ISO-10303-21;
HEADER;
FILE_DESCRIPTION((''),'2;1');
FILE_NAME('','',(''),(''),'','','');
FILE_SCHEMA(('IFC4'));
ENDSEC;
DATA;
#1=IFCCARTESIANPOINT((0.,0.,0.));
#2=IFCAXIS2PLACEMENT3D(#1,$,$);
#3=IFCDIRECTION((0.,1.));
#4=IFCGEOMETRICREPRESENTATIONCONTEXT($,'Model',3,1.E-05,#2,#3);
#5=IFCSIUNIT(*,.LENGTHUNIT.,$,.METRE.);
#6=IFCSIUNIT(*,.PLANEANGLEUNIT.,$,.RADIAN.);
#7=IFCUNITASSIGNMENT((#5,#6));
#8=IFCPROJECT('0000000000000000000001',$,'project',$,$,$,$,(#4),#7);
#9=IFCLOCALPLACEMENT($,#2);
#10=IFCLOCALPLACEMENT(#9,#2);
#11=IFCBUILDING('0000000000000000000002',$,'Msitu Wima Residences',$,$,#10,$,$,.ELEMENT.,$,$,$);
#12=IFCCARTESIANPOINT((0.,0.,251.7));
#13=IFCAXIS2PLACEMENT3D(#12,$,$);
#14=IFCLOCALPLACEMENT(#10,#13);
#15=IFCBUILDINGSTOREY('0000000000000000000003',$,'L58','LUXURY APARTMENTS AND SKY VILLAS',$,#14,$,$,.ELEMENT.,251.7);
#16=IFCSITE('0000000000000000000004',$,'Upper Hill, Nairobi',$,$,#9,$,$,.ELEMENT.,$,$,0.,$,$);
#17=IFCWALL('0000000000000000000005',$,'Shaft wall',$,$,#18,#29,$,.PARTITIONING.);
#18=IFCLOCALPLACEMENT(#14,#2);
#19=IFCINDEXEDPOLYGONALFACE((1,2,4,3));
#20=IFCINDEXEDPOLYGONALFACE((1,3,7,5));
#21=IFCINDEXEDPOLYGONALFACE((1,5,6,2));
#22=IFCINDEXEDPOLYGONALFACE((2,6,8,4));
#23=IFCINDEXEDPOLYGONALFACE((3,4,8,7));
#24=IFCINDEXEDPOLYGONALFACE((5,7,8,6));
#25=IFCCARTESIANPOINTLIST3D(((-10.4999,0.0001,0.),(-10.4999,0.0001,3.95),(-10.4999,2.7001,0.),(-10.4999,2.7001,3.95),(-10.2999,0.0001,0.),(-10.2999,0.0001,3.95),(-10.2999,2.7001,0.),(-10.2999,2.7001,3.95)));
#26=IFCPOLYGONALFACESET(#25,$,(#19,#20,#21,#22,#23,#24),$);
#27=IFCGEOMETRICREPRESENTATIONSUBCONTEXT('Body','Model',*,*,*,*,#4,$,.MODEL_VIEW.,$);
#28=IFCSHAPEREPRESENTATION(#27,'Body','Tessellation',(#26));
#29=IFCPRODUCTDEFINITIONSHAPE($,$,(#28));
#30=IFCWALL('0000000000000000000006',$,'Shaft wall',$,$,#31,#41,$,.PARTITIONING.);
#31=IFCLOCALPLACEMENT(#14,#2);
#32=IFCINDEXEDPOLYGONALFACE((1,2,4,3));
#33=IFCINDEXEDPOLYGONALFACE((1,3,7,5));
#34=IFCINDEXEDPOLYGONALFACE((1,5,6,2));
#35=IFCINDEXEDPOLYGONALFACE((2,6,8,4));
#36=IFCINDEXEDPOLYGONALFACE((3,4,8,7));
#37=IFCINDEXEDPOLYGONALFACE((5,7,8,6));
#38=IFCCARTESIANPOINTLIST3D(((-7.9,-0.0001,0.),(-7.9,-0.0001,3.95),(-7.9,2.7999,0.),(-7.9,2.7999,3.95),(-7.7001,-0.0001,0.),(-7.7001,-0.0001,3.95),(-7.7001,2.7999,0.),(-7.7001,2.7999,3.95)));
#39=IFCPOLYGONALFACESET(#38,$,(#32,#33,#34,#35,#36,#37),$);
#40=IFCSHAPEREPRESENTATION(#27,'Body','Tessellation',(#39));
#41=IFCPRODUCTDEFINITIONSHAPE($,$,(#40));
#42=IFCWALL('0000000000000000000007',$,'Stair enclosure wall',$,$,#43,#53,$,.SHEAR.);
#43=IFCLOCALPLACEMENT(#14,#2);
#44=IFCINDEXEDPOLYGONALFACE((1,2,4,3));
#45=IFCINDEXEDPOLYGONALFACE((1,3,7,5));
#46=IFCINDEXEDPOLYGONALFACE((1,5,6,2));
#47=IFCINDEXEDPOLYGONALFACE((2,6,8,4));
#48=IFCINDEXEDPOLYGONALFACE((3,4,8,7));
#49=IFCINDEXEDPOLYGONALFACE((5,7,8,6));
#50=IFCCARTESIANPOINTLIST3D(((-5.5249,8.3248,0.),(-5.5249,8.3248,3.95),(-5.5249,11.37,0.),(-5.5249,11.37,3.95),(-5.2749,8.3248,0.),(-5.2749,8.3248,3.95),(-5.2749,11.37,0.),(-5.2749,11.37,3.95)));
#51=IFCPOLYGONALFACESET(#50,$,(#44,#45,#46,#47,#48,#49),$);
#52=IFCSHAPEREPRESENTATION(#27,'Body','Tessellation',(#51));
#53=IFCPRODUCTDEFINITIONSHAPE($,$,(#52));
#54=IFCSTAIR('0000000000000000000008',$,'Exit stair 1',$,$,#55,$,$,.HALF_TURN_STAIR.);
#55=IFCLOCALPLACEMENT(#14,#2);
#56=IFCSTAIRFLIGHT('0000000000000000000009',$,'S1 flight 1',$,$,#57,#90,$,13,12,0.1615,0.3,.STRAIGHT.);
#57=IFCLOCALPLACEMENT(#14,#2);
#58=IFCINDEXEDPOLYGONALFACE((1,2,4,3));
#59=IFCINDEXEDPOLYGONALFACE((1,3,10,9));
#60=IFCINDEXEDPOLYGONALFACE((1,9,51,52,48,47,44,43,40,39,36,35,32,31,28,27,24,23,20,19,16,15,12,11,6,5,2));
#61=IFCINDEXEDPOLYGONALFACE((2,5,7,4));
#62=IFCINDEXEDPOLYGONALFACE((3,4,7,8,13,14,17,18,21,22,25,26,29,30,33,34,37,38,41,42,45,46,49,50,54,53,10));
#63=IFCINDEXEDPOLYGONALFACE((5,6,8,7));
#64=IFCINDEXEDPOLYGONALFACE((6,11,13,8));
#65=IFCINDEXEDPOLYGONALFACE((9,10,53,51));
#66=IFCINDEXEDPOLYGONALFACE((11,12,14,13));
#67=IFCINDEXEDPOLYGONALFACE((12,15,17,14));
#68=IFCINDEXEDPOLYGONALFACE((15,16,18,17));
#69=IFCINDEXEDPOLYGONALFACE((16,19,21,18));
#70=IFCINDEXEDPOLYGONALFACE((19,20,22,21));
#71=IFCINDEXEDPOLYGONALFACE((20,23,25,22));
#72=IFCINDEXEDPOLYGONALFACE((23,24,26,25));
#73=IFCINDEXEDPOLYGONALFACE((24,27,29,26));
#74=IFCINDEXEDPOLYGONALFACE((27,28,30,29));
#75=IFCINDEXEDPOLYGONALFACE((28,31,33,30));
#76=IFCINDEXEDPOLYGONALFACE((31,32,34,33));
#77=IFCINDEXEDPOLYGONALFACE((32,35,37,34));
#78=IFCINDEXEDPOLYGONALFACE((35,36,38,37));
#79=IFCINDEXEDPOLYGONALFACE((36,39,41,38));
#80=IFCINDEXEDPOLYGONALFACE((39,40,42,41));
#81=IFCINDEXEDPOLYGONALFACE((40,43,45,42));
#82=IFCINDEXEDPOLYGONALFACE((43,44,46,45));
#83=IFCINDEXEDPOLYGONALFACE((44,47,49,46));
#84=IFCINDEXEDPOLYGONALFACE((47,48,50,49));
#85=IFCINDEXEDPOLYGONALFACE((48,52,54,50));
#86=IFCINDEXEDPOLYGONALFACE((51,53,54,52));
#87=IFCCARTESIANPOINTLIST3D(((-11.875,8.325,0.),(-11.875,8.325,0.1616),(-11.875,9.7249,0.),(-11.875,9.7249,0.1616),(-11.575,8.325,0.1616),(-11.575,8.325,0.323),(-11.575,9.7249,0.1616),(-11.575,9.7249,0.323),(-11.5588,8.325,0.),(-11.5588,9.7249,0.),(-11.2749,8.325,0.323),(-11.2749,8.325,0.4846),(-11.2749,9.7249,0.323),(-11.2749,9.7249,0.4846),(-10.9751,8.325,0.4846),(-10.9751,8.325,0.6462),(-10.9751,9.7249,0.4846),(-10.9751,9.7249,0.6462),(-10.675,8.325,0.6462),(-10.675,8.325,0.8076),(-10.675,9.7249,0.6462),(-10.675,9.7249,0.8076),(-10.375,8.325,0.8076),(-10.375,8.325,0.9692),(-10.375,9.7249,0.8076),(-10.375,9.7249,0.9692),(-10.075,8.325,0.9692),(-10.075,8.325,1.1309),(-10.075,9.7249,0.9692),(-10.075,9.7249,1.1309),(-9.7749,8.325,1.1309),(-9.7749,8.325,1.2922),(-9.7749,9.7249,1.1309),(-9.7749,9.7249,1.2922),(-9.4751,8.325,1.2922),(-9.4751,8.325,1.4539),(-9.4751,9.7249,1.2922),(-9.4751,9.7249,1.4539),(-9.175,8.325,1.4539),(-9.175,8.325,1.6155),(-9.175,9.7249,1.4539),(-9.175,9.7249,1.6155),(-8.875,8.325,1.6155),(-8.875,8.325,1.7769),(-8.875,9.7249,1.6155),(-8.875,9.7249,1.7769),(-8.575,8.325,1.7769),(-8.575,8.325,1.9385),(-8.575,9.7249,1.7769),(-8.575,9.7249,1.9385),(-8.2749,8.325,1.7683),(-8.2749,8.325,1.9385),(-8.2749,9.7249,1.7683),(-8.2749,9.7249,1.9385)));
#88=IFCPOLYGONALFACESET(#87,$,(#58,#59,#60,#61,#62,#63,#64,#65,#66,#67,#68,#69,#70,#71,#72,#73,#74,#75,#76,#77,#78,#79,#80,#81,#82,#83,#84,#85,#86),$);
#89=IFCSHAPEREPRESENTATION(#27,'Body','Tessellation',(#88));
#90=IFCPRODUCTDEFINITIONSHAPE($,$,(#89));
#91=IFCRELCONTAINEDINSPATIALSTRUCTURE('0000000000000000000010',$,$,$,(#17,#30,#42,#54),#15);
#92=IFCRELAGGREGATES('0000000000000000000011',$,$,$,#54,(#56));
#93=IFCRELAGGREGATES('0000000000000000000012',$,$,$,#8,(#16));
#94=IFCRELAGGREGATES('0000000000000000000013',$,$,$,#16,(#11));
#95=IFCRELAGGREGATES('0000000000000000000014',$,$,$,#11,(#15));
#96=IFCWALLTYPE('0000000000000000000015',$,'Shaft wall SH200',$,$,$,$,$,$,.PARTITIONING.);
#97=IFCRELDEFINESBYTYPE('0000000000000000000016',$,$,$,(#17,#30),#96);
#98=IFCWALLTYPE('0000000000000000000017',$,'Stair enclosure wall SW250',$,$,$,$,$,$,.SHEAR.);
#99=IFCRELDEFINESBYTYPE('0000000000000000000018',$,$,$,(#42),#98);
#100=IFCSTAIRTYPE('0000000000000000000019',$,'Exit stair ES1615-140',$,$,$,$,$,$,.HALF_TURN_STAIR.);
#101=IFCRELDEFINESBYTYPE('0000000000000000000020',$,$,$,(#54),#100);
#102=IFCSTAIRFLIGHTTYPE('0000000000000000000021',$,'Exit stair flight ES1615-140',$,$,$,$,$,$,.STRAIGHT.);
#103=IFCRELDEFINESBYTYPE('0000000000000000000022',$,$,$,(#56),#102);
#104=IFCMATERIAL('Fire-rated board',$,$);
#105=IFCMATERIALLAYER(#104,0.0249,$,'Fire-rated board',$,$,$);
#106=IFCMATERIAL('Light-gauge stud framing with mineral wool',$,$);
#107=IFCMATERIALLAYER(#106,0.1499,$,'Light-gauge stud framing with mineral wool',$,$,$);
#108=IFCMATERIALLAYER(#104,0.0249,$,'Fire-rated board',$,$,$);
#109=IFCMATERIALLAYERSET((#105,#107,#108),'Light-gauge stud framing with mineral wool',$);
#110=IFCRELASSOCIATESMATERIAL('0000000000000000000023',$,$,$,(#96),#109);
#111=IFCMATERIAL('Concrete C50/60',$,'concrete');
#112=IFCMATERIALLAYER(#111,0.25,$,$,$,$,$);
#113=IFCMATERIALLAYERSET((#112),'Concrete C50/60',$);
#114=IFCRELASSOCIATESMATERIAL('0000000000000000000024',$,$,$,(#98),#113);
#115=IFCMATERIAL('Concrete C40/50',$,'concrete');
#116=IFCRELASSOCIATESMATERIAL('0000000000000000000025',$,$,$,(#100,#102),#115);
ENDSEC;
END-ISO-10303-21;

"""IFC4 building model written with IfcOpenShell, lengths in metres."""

from ifc_helpers import new_model, si_unit, direction, frame, frame_2d, origin, place, context, subcontext, project, spatial, polyline, rectangle, outline, extrude, material, layer, layer_set, type_object, element, aggregate, save


model = new_model("IFC4")

# Units and contexts
model_context = context("Model", 3, precision=1e-05, world=origin(), true_north=direction((0.0, 1.0)))
body_context = subcontext(model_context, "Body", "Model", "MODEL_VIEW")
ifc_project = project(units=[si_unit("LENGTHUNIT", "METRE"), si_unit("PLANEANGLEUNIT", "RADIAN")], contexts=[model_context])

# Site, building, storey
site_placement = place(None, origin())
site = spatial("IfcSite", under=ifc_project, at=site_placement, Name="Upper Hill, Nairobi", CompositionType="ELEMENT", RefElevation=0.0)
building_placement = place(site_placement, origin())
building = spatial("IfcBuilding", under=site, at=building_placement, Name="Msitu Wima Residences", CompositionType="ELEMENT")
storey_placement = place(building_placement, frame((0.0, 0.0, 251.7)))
storey = spatial("IfcBuildingStorey", under=building, at=storey_placement, Name="L58", Description="LUXURY APARTMENTS AND SKY VILLAS", CompositionType="ELEMENT", Elevation=251.7)

# Shared definitions
ifc_material_1 = material(Name="Concrete C40/50", Category="concrete")

# Walls
ifc_material_2 = material(Name="Fire-rated board")
ifc_layer_1 = layer(ifc_material_2, 0.0249, Name="Fire-rated board")
ifc_material_3 = material(Name="Light-gauge stud framing with mineral wool")
ifc_layer_2 = layer(ifc_material_3, 0.1499, Name="Light-gauge stud framing with mineral wool")
ifc_layer_3 = layer(ifc_material_2, 0.0249, Name="Fire-rated board")
ifc_layer_set_1 = layer_set([ifc_layer_1, ifc_layer_2, ifc_layer_3], Name="Light-gauge stud framing with mineral wool")
wall_type_1 = type_object("IfcWallType", Name="Shaft wall SH200", PredefinedType="PARTITIONING", material=ifc_layer_set_1)
wall_1_placement = place(storey_placement, frame((-10.3999, 0.0, 0.0), z_axis=(0.0, 0.0, 1.0), x_axis=(0.0, 1.0, 0.0)))
element("IfcWall", 1, at=wall_1_placement, inside=storey, type_object=wall_type_1, Name="Shaft wall", PredefinedType="PARTITIONING", context=body_context, shape_type="SweptSolid", body=[
    extrude(rectangle(XDim=2.7, YDim=0.2, at=frame_2d((1.3501, 0.0))), origin(), (0.0, 0.0, 1.0), 3.95),
])
wall_2_placement = place(storey_placement, frame((-7.8, 0.0, 0.0), z_axis=(0.0, 0.0, 1.0), x_axis=(0.0, 1.0, 0.0)))
element("IfcWall", 2, at=wall_2_placement, inside=storey, type_object=wall_type_1, Name="Shaft wall", PredefinedType="PARTITIONING", context=body_context, shape_type="SweptSolid", body=[
    extrude(rectangle(XDim=2.8, YDim=0.2, at=frame_2d((1.3999, 0.0))), origin(), (0.0, 0.0, 1.0), 3.95),
])
ifc_material_4 = material(Name="Concrete C50/60", Category="concrete")
ifc_layer_4 = layer(ifc_material_4, 0.25)
ifc_layer_set_2 = layer_set([ifc_layer_4], Name="Concrete C50/60")
wall_type_2 = type_object("IfcWallType", Name="Stair enclosure wall SW250", PredefinedType="SHEAR", material=ifc_layer_set_2)
wall_3_placement = place(storey_placement, frame((-5.3999, 8.325, 0.0), z_axis=(0.0, 0.0, 1.0), x_axis=(0.0, 1.0, 0.0)))
element("IfcWall", 3, at=wall_3_placement, inside=storey, type_object=wall_type_2, Name="Stair enclosure wall", PredefinedType="SHEAR", context=body_context, shape_type="SweptSolid", body=[
    extrude(rectangle(XDim=3.0452, YDim=0.25, at=frame_2d((1.5225, 0.0))), origin(), (0.0, 0.0, 1.0), 3.95),
])

# Stair, stair flight
stair_type = type_object("IfcStairType", Name="Exit stair ES1615-140", PredefinedType="HALF_TURN_STAIR", material=ifc_material_1)
stair_placement = place(storey_placement, origin())
stair = element("IfcStair", 4, at=stair_placement, inside=storey, type_object=stair_type, Name="Exit stair 1", PredefinedType="HALF_TURN_STAIR")
stair_flight_type = type_object("IfcStairFlightType", Name="Exit stair flight ES1615-140", PredefinedType="STRAIGHT", material=ifc_material_1)
stair_flight_placement = place(storey_placement, frame((-11.875, 9.0249, 0.0), z_axis=(0.0, 0.0, 1.0), x_axis=(1.0, 0.0, 0.0)))
stair_flight = element("IfcStairFlight", 5, at=stair_flight_placement, type_object=stair_flight_type, Name="S1 flight 1", NumberOfRisers=13, NumberOfTreads=12, PredefinedType="STRAIGHT", RiserHeight=0.1615, TreadLength=0.3, context=body_context, shape_type="SweptSolid", body=[
    extrude(outline(polyline([(0.0, 0.0), (0.0, 0.1616), (0.3, 0.1616), (0.3, 0.323), (0.6001, 0.323), (0.6001, 0.4846), (0.8999, 0.4846), (0.8999, 0.6462), (1.2, 0.6462), (1.2, 0.8076), (1.5, 0.8076), (1.5, 0.9692), (1.8, 0.9692), (1.8, 1.1309), (2.1001, 1.1309), (2.1001, 1.2922), (2.3999, 1.2922), (2.3999, 1.4539), (2.7, 1.4539), (2.7, 1.6155), (3.0, 1.6155), (3.0, 1.7769), (3.3, 1.7769), (3.3, 1.9385), (3.6001, 1.9385), (3.6001, 2.1001), (3.6001, 1.7683), (0.3162, 0.0), (0.0, 0.0)])), frame((0.0, 0.7, 0.0), z_axis=(0.0, -1.0, 0.0), x_axis=(1.0, 0.0, 0.0)), (0.0, 0.0, 1.0), 1.3999),
])
aggregate(stair, [stair_flight])

save(model, "model.ifc")
